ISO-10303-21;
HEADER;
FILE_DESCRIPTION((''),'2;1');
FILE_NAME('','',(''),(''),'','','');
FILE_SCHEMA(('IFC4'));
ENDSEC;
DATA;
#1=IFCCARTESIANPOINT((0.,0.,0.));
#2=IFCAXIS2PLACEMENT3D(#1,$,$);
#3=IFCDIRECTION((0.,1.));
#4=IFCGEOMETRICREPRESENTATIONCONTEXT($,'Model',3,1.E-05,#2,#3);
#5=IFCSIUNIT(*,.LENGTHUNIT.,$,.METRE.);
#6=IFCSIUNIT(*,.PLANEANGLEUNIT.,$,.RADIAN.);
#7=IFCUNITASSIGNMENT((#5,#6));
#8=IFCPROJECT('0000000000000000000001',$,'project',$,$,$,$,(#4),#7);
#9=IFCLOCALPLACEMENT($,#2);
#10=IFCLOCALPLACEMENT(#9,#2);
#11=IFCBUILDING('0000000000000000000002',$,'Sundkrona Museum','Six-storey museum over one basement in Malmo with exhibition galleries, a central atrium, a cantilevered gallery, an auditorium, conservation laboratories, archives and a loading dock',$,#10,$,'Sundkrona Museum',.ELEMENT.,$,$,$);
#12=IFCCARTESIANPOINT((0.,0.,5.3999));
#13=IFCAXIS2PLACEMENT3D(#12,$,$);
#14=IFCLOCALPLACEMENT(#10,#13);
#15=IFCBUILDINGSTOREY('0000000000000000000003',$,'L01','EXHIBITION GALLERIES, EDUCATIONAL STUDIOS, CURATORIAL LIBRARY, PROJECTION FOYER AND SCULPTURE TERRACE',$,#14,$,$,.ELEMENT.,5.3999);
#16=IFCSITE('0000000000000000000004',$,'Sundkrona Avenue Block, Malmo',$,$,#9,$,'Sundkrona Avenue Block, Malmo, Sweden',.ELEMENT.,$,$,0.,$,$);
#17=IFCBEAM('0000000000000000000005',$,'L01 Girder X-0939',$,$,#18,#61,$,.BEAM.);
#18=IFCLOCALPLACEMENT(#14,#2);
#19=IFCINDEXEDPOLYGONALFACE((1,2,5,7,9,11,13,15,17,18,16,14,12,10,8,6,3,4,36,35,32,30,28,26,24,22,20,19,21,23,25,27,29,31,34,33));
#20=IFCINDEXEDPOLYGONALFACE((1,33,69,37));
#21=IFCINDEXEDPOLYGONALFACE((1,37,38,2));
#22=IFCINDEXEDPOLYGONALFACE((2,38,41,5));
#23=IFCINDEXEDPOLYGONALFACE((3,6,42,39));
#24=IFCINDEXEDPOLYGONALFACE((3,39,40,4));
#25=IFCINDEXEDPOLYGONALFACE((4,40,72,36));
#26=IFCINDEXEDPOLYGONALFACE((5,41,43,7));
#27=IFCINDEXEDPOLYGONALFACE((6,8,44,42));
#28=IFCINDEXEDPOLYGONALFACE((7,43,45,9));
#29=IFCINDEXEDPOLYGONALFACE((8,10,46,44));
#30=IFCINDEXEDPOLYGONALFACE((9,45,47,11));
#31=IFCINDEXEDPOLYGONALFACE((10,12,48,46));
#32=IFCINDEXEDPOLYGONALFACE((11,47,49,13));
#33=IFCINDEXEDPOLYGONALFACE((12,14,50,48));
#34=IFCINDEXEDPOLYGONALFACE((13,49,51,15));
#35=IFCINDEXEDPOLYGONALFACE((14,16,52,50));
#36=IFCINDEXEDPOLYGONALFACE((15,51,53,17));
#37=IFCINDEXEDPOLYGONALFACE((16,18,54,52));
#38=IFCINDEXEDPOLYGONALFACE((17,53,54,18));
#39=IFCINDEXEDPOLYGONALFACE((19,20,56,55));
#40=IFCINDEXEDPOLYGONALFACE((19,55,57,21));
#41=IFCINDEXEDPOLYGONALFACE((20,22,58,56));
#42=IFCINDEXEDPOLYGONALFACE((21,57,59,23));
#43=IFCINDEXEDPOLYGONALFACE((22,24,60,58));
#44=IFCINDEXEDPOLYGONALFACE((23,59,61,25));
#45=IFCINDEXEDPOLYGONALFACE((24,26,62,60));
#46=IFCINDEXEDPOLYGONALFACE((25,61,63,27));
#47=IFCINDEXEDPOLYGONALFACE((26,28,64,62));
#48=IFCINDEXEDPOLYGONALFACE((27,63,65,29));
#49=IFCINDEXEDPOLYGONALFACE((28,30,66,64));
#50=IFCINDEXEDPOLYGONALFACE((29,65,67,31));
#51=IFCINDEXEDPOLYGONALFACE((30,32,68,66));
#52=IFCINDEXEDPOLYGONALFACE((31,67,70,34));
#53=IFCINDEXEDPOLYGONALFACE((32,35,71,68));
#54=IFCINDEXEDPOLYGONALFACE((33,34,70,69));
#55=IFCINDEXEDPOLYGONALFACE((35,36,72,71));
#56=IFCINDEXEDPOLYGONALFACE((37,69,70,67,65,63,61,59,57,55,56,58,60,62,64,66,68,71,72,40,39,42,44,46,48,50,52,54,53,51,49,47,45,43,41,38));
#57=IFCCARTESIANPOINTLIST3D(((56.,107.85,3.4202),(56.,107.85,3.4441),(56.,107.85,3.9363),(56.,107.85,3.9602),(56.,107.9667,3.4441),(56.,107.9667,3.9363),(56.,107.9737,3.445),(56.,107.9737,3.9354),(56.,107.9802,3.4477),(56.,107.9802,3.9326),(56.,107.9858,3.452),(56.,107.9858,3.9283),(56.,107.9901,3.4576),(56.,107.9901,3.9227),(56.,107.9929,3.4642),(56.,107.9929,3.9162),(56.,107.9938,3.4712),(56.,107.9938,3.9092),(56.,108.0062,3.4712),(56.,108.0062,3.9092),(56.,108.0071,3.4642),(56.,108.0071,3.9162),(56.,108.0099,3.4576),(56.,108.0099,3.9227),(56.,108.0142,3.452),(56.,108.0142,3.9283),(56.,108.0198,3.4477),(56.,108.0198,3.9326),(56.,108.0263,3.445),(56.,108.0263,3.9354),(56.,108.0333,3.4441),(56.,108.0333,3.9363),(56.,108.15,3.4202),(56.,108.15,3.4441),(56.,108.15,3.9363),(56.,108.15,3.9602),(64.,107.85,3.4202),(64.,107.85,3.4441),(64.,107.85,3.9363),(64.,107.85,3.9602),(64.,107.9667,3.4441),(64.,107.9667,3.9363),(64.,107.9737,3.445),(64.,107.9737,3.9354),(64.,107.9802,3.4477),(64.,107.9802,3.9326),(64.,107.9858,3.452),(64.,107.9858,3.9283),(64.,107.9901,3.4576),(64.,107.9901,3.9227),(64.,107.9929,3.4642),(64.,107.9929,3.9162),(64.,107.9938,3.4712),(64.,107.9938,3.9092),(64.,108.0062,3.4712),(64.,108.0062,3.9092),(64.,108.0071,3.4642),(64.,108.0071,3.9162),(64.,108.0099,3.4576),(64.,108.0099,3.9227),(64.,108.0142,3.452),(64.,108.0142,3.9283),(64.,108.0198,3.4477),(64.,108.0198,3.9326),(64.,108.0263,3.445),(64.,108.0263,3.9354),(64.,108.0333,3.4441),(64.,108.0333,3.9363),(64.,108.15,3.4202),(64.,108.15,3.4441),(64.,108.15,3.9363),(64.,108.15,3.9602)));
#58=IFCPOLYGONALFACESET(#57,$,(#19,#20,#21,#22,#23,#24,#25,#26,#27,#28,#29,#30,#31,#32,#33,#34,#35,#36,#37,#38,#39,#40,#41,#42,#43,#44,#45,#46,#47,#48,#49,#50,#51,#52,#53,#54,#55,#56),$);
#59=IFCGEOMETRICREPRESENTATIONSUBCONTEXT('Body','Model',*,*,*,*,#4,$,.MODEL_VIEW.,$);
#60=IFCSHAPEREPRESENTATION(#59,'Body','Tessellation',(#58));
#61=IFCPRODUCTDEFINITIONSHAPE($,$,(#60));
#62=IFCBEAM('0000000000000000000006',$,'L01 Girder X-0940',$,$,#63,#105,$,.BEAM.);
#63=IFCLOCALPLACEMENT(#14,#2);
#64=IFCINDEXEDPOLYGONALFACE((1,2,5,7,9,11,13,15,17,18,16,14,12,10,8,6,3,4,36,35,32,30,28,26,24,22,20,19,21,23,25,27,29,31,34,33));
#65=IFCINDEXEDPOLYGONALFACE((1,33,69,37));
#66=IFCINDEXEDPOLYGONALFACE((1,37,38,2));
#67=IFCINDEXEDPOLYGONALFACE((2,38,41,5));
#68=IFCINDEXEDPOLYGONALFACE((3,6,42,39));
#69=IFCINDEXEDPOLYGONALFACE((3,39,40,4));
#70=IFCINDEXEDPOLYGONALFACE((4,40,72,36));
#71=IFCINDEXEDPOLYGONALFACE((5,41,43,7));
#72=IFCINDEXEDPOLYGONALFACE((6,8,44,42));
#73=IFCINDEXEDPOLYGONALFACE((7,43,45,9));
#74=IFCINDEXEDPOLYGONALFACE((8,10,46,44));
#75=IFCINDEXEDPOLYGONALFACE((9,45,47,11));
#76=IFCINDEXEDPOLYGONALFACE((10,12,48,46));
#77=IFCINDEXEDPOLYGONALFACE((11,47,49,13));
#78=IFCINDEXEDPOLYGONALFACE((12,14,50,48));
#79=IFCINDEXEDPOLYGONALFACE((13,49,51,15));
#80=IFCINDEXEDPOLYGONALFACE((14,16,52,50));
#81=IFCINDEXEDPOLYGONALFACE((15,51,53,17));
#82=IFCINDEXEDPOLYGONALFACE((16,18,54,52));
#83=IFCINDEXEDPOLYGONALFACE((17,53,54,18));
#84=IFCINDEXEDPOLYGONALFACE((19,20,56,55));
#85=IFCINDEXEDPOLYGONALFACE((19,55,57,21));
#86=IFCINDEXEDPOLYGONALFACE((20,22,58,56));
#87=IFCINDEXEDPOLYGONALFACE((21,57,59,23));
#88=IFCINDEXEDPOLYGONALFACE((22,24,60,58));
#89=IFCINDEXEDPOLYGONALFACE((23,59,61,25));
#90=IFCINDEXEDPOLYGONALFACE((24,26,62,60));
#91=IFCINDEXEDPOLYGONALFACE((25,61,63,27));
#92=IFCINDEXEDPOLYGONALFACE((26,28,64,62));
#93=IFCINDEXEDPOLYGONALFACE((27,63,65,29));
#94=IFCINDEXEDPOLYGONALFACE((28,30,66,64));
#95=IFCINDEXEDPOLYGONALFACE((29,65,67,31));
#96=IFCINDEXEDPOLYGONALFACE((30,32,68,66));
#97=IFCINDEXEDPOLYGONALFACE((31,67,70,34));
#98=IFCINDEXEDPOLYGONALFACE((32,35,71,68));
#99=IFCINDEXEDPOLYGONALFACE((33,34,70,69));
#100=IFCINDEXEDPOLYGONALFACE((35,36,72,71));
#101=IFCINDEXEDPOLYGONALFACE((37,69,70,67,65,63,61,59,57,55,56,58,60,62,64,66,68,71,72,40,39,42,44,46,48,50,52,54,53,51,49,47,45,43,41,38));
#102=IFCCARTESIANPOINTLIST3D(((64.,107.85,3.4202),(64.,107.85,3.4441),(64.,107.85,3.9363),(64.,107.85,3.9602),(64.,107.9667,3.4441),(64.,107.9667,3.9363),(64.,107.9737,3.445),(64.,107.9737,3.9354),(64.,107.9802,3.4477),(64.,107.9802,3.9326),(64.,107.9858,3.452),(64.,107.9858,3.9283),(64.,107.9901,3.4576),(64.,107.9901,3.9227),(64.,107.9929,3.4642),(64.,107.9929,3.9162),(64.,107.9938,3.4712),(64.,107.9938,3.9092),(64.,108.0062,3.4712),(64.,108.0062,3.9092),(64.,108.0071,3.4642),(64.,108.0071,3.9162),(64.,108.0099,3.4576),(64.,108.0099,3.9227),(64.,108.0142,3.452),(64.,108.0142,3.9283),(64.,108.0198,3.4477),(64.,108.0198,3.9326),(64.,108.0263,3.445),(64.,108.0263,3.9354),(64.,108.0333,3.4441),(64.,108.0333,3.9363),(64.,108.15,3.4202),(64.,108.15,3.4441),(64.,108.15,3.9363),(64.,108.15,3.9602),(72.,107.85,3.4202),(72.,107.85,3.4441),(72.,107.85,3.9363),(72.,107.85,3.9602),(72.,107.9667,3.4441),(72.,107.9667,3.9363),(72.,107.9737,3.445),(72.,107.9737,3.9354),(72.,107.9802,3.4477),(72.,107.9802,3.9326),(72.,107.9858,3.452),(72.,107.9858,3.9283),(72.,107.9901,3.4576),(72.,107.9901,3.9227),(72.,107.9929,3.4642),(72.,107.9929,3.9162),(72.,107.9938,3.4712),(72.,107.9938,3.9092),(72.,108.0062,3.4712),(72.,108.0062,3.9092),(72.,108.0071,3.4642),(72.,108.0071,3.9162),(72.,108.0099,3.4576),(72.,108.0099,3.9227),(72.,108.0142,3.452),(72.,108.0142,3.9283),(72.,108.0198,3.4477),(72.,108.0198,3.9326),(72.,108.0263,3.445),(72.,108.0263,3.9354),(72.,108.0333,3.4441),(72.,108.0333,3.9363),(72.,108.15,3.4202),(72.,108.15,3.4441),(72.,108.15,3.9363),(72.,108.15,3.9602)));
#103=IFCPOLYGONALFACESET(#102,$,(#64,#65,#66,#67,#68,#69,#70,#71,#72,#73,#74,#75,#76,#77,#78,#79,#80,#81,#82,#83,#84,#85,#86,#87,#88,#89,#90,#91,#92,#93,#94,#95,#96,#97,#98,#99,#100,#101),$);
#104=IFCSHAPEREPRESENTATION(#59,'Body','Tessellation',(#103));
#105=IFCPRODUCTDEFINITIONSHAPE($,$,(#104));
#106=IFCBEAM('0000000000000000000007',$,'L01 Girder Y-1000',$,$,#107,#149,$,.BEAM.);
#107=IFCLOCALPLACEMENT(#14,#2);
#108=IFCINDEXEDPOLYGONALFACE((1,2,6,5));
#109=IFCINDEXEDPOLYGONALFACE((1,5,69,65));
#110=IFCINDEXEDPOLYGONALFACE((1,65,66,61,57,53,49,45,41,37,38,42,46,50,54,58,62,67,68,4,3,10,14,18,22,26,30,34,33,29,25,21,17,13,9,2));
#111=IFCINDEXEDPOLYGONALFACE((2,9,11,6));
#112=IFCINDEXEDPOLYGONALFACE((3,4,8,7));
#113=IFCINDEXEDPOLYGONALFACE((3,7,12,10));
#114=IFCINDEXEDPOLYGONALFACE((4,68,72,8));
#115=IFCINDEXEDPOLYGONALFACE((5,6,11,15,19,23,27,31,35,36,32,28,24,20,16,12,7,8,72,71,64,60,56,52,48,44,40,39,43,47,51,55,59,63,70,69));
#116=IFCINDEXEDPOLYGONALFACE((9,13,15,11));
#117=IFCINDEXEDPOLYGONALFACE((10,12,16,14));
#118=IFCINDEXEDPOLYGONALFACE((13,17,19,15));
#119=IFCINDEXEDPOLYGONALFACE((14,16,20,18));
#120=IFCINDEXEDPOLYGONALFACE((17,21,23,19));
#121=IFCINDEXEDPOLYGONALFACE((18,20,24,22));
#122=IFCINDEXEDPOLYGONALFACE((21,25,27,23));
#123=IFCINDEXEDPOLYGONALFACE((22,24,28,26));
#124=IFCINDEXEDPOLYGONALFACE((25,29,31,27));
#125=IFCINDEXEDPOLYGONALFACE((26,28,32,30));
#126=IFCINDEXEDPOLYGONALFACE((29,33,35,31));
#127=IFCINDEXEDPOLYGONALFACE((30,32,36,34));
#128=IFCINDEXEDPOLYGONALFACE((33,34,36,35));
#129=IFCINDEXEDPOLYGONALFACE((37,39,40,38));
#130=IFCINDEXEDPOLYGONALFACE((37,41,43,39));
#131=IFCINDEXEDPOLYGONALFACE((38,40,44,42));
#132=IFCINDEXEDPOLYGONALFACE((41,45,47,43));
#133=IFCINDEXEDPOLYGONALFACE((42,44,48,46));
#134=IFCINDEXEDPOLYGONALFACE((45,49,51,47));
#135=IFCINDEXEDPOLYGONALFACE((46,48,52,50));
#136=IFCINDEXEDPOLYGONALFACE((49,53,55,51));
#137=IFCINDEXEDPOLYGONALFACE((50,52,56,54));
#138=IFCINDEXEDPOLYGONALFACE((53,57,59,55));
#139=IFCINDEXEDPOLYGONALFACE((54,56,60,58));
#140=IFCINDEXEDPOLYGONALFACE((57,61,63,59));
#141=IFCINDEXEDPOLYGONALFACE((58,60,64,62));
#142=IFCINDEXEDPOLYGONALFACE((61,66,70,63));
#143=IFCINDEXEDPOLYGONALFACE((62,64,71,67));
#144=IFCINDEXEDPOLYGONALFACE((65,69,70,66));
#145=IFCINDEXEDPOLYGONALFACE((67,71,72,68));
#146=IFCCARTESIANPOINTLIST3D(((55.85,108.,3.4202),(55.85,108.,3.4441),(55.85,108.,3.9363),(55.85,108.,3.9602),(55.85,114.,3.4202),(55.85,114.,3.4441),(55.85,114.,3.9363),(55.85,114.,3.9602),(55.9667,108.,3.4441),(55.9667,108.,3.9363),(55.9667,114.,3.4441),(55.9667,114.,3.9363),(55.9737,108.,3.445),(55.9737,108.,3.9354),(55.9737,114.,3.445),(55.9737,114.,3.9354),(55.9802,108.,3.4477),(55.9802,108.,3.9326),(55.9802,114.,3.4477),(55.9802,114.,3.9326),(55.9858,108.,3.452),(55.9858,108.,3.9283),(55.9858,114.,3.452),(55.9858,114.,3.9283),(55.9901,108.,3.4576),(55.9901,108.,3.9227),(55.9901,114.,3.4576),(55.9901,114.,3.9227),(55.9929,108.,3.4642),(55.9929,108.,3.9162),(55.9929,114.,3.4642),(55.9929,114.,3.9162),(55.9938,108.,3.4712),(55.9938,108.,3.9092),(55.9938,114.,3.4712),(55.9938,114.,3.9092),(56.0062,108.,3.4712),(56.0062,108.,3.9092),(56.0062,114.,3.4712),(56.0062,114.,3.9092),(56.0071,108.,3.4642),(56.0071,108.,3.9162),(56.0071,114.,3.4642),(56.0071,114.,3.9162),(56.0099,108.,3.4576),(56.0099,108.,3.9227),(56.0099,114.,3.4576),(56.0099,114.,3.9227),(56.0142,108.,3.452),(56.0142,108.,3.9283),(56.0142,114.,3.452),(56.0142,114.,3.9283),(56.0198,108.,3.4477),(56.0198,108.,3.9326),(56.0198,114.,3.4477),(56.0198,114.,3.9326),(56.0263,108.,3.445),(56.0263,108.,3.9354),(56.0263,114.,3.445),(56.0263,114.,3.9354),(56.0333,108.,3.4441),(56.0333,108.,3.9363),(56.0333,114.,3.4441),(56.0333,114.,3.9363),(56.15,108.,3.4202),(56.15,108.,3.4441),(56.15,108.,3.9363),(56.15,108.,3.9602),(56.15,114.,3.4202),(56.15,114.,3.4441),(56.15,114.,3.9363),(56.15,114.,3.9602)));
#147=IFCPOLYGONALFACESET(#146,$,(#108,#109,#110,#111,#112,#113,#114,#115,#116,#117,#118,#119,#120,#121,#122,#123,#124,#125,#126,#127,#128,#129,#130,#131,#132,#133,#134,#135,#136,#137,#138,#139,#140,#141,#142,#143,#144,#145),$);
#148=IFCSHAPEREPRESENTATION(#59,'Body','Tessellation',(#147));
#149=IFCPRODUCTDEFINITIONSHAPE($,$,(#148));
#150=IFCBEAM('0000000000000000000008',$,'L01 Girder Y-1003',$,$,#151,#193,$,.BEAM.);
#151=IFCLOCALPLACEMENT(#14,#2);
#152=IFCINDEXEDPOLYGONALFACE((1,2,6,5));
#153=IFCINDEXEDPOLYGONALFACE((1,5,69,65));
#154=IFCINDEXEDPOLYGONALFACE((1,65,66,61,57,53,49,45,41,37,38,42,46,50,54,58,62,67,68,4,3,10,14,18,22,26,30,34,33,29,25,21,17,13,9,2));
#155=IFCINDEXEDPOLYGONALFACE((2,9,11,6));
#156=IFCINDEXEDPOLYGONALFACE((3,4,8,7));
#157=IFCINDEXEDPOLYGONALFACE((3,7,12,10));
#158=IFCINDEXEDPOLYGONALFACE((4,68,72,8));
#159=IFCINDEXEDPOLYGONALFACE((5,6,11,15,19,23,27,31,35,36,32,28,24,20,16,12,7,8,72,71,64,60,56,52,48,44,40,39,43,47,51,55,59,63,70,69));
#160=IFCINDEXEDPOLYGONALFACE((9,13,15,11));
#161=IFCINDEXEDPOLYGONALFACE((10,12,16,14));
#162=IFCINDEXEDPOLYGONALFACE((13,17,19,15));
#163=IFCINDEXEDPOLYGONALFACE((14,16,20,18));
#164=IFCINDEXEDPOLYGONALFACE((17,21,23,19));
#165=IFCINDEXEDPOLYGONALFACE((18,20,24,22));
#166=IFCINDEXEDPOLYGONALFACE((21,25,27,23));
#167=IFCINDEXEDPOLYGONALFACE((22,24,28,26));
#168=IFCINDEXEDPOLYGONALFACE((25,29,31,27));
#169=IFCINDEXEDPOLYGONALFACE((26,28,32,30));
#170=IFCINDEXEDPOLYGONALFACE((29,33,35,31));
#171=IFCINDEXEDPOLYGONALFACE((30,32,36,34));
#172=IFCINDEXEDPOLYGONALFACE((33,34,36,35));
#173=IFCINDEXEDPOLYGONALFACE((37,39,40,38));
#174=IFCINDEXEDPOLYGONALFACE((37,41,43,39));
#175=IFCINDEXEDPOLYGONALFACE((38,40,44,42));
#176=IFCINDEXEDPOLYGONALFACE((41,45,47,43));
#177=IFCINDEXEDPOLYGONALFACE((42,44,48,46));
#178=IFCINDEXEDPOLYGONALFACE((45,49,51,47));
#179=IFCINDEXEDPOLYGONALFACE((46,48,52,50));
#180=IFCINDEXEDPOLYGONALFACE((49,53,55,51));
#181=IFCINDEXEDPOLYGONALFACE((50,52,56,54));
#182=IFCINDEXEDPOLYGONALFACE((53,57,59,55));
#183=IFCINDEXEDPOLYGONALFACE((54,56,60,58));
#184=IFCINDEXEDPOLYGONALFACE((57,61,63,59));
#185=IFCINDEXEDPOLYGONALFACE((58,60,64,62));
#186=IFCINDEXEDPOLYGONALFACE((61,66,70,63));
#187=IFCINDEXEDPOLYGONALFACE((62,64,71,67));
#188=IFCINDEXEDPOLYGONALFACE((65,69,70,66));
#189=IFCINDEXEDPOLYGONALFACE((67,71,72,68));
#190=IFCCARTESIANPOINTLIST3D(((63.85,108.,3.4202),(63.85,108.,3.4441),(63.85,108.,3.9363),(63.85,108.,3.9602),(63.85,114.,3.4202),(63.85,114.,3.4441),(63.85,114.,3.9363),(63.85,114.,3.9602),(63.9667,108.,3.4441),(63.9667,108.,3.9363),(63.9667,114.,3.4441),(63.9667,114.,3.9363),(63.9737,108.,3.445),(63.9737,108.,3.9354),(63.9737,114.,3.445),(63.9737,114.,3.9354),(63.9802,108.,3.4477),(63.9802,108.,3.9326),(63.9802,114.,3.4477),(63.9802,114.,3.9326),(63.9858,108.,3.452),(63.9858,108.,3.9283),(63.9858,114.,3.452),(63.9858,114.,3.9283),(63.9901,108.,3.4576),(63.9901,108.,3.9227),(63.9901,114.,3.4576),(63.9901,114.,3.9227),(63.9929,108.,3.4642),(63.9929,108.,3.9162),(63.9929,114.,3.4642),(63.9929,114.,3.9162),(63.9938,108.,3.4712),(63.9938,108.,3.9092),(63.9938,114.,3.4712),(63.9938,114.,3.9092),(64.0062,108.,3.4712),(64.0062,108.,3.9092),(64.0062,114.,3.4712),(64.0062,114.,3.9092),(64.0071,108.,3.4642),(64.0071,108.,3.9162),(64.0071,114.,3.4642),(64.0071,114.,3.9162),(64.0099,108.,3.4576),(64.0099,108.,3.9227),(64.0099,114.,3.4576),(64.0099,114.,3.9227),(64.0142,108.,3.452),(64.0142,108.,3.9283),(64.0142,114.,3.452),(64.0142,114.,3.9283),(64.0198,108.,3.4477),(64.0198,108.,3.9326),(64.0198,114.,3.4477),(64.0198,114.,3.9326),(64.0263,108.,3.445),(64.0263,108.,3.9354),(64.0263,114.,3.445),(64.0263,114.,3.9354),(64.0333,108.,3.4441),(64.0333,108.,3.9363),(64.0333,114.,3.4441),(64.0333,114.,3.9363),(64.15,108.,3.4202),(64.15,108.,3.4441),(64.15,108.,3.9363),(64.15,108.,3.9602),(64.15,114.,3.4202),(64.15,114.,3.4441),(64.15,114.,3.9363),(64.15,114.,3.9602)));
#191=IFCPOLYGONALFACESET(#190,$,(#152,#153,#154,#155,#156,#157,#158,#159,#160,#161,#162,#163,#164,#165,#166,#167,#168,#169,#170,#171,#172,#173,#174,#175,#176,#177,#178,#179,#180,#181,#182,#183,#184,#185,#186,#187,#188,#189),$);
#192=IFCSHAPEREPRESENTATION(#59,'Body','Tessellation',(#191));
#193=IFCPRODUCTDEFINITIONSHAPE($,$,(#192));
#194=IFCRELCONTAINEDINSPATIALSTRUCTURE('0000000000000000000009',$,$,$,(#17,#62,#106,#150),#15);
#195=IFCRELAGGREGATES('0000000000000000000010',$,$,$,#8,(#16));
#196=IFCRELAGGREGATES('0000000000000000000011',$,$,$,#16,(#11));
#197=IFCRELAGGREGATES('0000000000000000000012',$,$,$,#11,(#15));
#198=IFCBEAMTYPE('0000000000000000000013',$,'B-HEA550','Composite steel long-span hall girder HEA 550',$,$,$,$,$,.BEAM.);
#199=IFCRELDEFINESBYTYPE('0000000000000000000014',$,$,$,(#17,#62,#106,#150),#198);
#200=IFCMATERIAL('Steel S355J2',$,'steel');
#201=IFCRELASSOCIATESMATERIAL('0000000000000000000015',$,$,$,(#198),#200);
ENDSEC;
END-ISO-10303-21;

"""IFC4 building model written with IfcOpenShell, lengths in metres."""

from ifc_helpers import new_model, si_unit, direction, frame, origin, origin_2d, place, context, subcontext, project, spatial, i_section, extrude, material, material_profile, profile_set, type_object, element, save


model = new_model("IFC4")

# Units and contexts
model_context = context("Model", 3, precision=1e-05, world=origin(), true_north=direction((0.0, 1.0)))
body_context = subcontext(model_context, "Body", "Model", "MODEL_VIEW")
ifc_project = project(units=[si_unit("LENGTHUNIT", "METRE"), si_unit("PLANEANGLEUNIT", "RADIAN")], contexts=[model_context])

# Site, building, storey
site_placement = place(None, origin())
site = spatial("IfcSite", under=ifc_project, at=site_placement, Name="Sundkrona Avenue Block, Malmo", LongName="Sundkrona Avenue Block, Malmo, Sweden", CompositionType="ELEMENT", RefElevation=0.0)
building_placement = place(site_placement, origin())
building = spatial("IfcBuilding", under=site, at=building_placement, Name="Sundkrona Museum", Description="Six-storey museum over one basement in Malmo with exhibition galleries, a central atrium, a cantilevered gallery, an auditorium, conservation laboratories, archives and a loading dock", LongName="Sundkrona Museum", CompositionType="ELEMENT")
storey_placement = place(building_placement, frame((0.0, 0.0, 5.3999)))
storey = spatial("IfcBuildingStorey", under=building, at=storey_placement, Name="L01", Description="EXHIBITION GALLERIES, EDUCATIONAL STUDIOS, CURATORIAL LIBRARY, PROJECTION FOYER AND SCULPTURE TERRACE", CompositionType="ELEMENT", Elevation=5.3999)

# Shared definitions
ifc_material_1 = material(Name="Steel S355J2", Category="steel")

# Beams
ifc_material_profile_1 = material_profile(ifc_material_1, i_section(OverallWidth=0.3, OverallDepth=0.54, WebThickness=0.0125, FlangeThickness=0.0239, FilletRadius=0.0271, at=origin_2d()), Name="HEA 550")
ifc_profile_set_1 = profile_set([ifc_material_profile_1], Name="Steel S355J2")
beam_type_1 = type_object("IfcBeamType", Name="B-HEA550", Description="Composite steel long-span hall girder HEA 550", PredefinedType="BEAM", material=ifc_profile_set_1)
for number, where, z_axis, x_axis, name in (
    (1, (56.0, 108.0, 3.6902), (1.0, 0.0, 0.0), (0.0, 1.0, 0.0), "L01 Girder X-0939"),
    (2, (64.0, 108.0, 3.6902), (1.0, 0.0, 0.0), (0.0, 1.0, 0.0), "L01 Girder X-0940"),
):
    element("IfcBeam", number, at=place(storey_placement, frame(where, z_axis=z_axis, x_axis=x_axis)), inside=storey, type_object=beam_type_1, Name=name, PredefinedType="BEAM", context=body_context, shape_type="SweptSolid", body=[
        extrude(i_section(OverallWidth=0.3, OverallDepth=0.54, WebThickness=0.0125, FlangeThickness=0.0239, FilletRadius=0.0271, at=origin_2d()), origin(), (0.0, 0.0, 1.0), 8.0),
    ])
for number, where, z_axis, x_axis, name in (
    (3, (56.0, 108.0, 3.6902), (0.0, 1.0, 0.0), (-1.0, 0.0, 0.0), "L01 Girder Y-1000"),
    (4, (64.0, 108.0, 3.6902), (0.0, 1.0, 0.0), (-1.0, 0.0, 0.0), "L01 Girder Y-1003"),
):
    element("IfcBeam", number, at=place(storey_placement, frame(where, z_axis=z_axis, x_axis=x_axis)), inside=storey, type_object=beam_type_1, Name=name, PredefinedType="BEAM", context=body_context, shape_type="SweptSolid", body=[
        extrude(i_section(OverallWidth=0.3, OverallDepth=0.54, WebThickness=0.0125, FlangeThickness=0.0239, FilletRadius=0.0271, at=origin_2d()), origin(), (0.0, 0.0, 1.0), 6.0),
    ])

save(model, "model.ifc")
